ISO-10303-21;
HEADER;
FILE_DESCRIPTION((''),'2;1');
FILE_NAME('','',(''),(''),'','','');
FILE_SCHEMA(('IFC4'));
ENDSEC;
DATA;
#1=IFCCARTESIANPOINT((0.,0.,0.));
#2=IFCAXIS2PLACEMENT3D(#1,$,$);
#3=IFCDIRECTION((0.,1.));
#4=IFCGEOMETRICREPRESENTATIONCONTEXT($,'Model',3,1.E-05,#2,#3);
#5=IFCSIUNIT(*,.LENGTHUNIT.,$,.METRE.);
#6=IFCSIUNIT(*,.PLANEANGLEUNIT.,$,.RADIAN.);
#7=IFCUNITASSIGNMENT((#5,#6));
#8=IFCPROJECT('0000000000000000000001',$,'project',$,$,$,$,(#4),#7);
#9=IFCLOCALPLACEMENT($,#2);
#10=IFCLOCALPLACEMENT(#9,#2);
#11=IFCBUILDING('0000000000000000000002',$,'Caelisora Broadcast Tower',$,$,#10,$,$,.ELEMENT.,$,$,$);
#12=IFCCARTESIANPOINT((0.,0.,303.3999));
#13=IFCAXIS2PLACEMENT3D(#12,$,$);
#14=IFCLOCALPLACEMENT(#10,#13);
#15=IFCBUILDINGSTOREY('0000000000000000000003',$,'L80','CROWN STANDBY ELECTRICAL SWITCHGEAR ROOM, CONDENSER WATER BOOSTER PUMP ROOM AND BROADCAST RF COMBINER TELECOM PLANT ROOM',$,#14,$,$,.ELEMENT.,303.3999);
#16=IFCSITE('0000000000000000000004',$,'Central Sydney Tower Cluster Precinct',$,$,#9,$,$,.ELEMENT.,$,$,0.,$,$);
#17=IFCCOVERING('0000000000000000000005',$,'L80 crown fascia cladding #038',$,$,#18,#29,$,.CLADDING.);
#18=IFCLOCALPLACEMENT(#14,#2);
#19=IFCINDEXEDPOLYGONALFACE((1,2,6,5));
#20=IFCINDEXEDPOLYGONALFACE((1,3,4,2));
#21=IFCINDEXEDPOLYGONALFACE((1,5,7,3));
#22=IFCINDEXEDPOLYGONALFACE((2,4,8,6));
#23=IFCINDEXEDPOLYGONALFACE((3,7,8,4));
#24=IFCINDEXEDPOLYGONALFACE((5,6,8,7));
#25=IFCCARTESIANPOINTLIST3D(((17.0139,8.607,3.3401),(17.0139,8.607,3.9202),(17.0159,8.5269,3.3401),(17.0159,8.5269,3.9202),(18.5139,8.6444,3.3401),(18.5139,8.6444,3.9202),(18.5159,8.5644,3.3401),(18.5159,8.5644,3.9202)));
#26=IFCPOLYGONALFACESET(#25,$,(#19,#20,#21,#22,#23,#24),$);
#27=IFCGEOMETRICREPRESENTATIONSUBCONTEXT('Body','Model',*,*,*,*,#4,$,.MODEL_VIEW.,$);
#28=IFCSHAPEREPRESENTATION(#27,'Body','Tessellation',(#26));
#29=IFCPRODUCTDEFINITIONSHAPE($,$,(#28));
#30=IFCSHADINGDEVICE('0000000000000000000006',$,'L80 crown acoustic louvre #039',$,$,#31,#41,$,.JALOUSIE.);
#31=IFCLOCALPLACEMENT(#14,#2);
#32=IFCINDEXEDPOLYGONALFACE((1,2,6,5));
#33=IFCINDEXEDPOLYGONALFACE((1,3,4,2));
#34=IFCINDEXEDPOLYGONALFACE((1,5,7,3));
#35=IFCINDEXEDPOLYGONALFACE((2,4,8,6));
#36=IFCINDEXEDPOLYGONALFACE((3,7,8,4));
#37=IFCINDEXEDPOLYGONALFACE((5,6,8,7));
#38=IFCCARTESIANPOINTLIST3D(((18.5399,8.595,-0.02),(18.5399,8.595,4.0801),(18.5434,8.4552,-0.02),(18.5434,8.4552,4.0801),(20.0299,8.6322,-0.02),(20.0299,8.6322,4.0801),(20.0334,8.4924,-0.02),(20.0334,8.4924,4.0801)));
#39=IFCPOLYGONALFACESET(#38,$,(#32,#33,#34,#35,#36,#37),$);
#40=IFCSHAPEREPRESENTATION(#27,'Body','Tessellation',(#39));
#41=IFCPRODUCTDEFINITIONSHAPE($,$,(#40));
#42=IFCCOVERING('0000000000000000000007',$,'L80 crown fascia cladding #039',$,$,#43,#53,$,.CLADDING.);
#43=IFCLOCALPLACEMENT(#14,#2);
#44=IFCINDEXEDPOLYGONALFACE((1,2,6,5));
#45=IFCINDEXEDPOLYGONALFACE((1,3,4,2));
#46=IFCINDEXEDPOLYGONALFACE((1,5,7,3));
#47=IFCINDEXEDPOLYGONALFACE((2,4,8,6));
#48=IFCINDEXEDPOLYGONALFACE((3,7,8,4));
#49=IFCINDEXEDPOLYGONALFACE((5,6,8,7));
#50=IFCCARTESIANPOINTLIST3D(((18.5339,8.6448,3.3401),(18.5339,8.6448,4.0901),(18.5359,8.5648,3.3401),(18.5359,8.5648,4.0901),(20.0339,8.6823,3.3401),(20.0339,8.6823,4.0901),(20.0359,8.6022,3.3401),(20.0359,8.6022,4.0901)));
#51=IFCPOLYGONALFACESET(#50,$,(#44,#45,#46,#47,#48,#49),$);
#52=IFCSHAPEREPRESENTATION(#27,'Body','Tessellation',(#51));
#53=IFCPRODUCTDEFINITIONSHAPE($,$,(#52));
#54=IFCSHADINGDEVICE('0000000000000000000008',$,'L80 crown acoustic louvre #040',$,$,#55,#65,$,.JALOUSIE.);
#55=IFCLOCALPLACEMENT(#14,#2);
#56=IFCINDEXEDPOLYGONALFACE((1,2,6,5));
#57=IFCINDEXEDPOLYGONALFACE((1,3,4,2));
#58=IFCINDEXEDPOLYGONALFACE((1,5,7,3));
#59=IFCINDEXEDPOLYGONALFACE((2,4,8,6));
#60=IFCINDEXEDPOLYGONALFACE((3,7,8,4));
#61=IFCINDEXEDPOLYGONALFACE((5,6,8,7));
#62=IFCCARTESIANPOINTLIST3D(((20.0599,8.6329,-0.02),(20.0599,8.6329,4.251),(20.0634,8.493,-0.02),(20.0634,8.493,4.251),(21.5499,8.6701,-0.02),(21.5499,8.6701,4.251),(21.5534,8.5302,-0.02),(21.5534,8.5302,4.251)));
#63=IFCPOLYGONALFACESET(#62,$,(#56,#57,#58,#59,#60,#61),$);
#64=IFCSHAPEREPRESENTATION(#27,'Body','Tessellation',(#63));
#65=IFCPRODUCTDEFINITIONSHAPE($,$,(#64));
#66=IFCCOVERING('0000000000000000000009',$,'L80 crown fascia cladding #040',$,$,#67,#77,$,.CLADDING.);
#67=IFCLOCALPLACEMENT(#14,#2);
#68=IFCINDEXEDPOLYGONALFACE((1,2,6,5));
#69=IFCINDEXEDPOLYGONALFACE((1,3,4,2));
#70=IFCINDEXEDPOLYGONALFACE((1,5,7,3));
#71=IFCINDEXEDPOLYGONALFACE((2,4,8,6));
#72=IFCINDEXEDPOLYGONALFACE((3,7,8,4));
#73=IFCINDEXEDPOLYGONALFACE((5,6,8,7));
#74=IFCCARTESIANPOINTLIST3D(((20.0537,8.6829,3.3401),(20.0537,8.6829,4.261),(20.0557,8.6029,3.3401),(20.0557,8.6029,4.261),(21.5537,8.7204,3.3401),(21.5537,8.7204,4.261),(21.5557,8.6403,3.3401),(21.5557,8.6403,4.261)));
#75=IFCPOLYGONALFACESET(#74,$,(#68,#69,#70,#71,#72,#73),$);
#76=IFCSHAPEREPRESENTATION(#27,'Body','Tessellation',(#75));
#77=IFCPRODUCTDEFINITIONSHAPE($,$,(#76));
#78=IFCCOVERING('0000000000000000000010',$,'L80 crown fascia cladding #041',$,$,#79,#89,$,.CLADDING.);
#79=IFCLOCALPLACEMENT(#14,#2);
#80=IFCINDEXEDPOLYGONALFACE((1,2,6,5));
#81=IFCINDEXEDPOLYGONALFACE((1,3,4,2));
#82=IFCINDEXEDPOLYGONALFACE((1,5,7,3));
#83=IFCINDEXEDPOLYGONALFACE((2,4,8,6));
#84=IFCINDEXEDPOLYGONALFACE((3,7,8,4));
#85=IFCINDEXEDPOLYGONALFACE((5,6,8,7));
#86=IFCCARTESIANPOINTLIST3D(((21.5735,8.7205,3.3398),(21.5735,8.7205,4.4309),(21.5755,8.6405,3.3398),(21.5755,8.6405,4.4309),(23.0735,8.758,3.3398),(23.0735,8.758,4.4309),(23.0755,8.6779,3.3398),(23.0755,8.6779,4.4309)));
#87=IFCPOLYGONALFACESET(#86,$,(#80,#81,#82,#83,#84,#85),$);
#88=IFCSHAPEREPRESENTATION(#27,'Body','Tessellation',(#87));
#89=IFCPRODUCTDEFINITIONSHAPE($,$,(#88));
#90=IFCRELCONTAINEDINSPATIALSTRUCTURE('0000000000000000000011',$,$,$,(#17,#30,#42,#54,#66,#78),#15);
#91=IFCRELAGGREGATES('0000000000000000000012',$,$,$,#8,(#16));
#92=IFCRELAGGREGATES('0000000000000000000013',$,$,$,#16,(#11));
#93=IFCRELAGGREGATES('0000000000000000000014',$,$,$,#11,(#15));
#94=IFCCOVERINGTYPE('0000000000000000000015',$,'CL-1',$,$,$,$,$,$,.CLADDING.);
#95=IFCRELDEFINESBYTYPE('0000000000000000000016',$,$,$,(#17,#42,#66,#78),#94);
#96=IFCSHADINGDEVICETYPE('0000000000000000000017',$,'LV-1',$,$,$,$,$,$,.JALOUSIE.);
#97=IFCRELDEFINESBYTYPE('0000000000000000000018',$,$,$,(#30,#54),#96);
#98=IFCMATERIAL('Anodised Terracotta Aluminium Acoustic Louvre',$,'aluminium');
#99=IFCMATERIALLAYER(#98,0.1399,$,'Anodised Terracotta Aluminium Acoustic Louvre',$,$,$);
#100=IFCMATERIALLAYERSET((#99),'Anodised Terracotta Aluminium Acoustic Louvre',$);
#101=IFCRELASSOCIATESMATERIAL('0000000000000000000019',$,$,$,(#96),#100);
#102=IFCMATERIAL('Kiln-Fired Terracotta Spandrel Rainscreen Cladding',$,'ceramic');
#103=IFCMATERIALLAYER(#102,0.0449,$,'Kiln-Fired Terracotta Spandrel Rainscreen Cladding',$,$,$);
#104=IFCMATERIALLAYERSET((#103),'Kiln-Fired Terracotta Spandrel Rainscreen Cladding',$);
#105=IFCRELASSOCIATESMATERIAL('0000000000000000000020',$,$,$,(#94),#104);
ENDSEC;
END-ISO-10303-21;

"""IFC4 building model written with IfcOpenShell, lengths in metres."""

from ifc_helpers import new_model, si_unit, direction, frame, origin, origin_2d, place, context, subcontext, project, spatial, rectangle, extrude, source, transform, mapped, material, layer, layer_set, type_object, element, save


model = new_model("IFC4")

# Units and contexts
model_context = context("Model", 3, precision=1e-05, world=origin(), true_north=direction((0.0, 1.0)))
body_context = subcontext(model_context, "Body", "Model", "MODEL_VIEW")
ifc_project = project(units=[si_unit("LENGTHUNIT", "METRE"), si_unit("PLANEANGLEUNIT", "RADIAN")], contexts=[model_context])

# Site, building, storey
site_placement = place(None, origin())
site = spatial("IfcSite", under=ifc_project, at=site_placement, Name="Central Sydney Tower Cluster Precinct", CompositionType="ELEMENT", RefElevation=0.0)
building_placement = place(site_placement, origin())
building = spatial("IfcBuilding", under=site, at=building_placement, Name="Caelisora Broadcast Tower", CompositionType="ELEMENT")
storey_placement = place(building_placement, frame((0.0, 0.0, 303.3999)))
storey = spatial("IfcBuildingStorey", under=building, at=storey_placement, Name="L80", Description="CROWN STANDBY ELECTRICAL SWITCHGEAR ROOM, CONDENSER WATER BOOSTER PUMP ROOM AND BROADCAST RF COMBINER TELECOM PLANT ROOM", CompositionType="ELEMENT", Elevation=303.3999)

# Shared definitions
ifc_material_1 = material(Name="Anodised Terracotta Aluminium Acoustic Louvre", Category="aluminium")
ifc_layer_1 = layer(ifc_material_1, 0.1399, Name="Anodised Terracotta Aluminium Acoustic Louvre")
ifc_layer_set_1 = layer_set([ifc_layer_1], Name="Anodised Terracotta Aluminium Acoustic Louvre")
shading_device_type = type_object("IfcShadingDeviceType", Name="LV-1", PredefinedType="JALOUSIE", material=ifc_layer_set_1)

# Shared definitions
ifc_material_2 = material(Name="Kiln-Fired Terracotta Spandrel Rainscreen Cladding", Category="ceramic")
ifc_layer_2 = layer(ifc_material_2, 0.0449, Name="Kiln-Fired Terracotta Spandrel Rainscreen Cladding")
ifc_layer_set_2 = layer_set([ifc_layer_2], Name="Kiln-Fired Terracotta Spandrel Rainscreen Cladding")
covering_type = type_object("IfcCoveringType", Name="CL-1", PredefinedType="CLADDING", material=ifc_layer_set_2)

# Covering
shared_shape_1 = source(origin(), body_context, "Body", "SweptSolid", [
    extrude(rectangle(XDim=1.5005, YDim=0.0801, at=origin_2d()), origin(), (0.0, 0.0, 1.0), 0.5801),
])
covering_1_placement = place(storey_placement, frame((17.7649, 8.5857, 3.3401), z_axis=(0.0, 0.0, 1.0), x_axis=(0.999689, 0.024956, 0.0)))
element("IfcCovering", 1, at=covering_1_placement, inside=storey, type_object=covering_type, Name="L80 crown fascia cladding #038", PredefinedType="CLADDING", context=body_context, shape_type="MappedRepresentation", body=[
    mapped(shared_shape_1, transform((0.0, 0.0, 0.0), scale=1.0)),
])

# Shading device
shared_shape_2 = source(origin(), body_context, "Body", "SweptSolid", [
    extrude(rectangle(XDim=1.4905, YDim=0.1399, at=origin_2d()), origin(), (0.0, 0.0, 1.0), 4.1001),
])
shading_device_1_placement = place(storey_placement, frame((19.2866, 8.5437, -0.02), z_axis=(0.0, 0.0, 1.0), x_axis=(0.999689, 0.024956, 0.0)))
element("IfcShadingDevice", 2, at=shading_device_1_placement, inside=storey, type_object=shading_device_type, Name="L80 crown acoustic louvre #039", PredefinedType="JALOUSIE", context=body_context, shape_type="MappedRepresentation", body=[
    mapped(shared_shape_2, transform((0.0, 0.0, 0.0), scale=1.0)),
])

# Covering
shared_shape_3 = source(origin(), body_context, "Body", "SweptSolid", [
    extrude(rectangle(XDim=1.5005, YDim=0.0801, at=origin_2d()), origin(), (0.0, 0.0, 1.0), 0.75),
])
covering_2_placement = place(storey_placement, frame((19.2849, 8.6235, 3.3401), z_axis=(0.0, 0.0, 1.0), x_axis=(0.999689, 0.024956, 0.0)))
element("IfcCovering", 3, at=covering_2_placement, inside=storey, type_object=covering_type, Name="L80 crown fascia cladding #039", PredefinedType="CLADDING", context=body_context, shape_type="MappedRepresentation", body=[
    mapped(shared_shape_3, transform((0.0, 0.0, 0.0), scale=1.0)),
])

# Shading device
shared_shape_4 = source(origin(), body_context, "Body", "SweptSolid", [
    extrude(rectangle(XDim=1.4905, YDim=0.1399, at=origin_2d()), origin(), (0.0, 0.0, 1.0), 4.271),
])
shading_device_2_placement = place(storey_placement, frame((20.8066, 8.5815, -0.02), z_axis=(0.0, 0.0, 1.0), x_axis=(0.999689, 0.024956, 0.0)))
element("IfcShadingDevice", 4, at=shading_device_2_placement, inside=storey, type_object=shading_device_type, Name="L80 crown acoustic louvre #040", PredefinedType="JALOUSIE", context=body_context, shape_type="MappedRepresentation", body=[
    mapped(shared_shape_4, transform((0.0, 0.0, 0.0), scale=1.0)),
])

# Coverings
shared_shape_5 = source(origin(), body_context, "Body", "SweptSolid", [
    extrude(rectangle(XDim=1.5005, YDim=0.0801, at=origin_2d()), origin(), (0.0, 0.0, 1.0), 0.9209),
])
covering_3_placement = place(storey_placement, frame((20.8047, 8.6616, 3.3401), z_axis=(0.0, 0.0, 1.0), x_axis=(0.999689, 0.024956, 0.0)))
element("IfcCovering", 5, at=covering_3_placement, inside=storey, type_object=covering_type, Name="L80 crown fascia cladding #040", PredefinedType="CLADDING", context=body_context, shape_type="MappedRepresentation", body=[
    mapped(shared_shape_5, transform((0.0, 0.0, 0.0), scale=1.0)),
])
shared_shape_6 = source(origin(), body_context, "Body", "SweptSolid", [
    extrude(rectangle(XDim=1.5005, YDim=0.0801, at=origin_2d()), origin(), (0.0, 0.0, 1.0), 1.0911),
])
covering_4_placement = place(storey_placement, frame((22.3245, 8.6992, 3.3398), z_axis=(0.0, 0.0, 1.0), x_axis=(0.999689, 0.024956, 0.0)))
element("IfcCovering", 6, at=covering_4_placement, inside=storey, type_object=covering_type, Name="L80 crown fascia cladding #041", PredefinedType="CLADDING", context=body_context, shape_type="MappedRepresentation", body=[
    mapped(shared_shape_6, transform((0.0, 0.0, 0.0), scale=1.0)),
])

save(model, "model.ifc")
